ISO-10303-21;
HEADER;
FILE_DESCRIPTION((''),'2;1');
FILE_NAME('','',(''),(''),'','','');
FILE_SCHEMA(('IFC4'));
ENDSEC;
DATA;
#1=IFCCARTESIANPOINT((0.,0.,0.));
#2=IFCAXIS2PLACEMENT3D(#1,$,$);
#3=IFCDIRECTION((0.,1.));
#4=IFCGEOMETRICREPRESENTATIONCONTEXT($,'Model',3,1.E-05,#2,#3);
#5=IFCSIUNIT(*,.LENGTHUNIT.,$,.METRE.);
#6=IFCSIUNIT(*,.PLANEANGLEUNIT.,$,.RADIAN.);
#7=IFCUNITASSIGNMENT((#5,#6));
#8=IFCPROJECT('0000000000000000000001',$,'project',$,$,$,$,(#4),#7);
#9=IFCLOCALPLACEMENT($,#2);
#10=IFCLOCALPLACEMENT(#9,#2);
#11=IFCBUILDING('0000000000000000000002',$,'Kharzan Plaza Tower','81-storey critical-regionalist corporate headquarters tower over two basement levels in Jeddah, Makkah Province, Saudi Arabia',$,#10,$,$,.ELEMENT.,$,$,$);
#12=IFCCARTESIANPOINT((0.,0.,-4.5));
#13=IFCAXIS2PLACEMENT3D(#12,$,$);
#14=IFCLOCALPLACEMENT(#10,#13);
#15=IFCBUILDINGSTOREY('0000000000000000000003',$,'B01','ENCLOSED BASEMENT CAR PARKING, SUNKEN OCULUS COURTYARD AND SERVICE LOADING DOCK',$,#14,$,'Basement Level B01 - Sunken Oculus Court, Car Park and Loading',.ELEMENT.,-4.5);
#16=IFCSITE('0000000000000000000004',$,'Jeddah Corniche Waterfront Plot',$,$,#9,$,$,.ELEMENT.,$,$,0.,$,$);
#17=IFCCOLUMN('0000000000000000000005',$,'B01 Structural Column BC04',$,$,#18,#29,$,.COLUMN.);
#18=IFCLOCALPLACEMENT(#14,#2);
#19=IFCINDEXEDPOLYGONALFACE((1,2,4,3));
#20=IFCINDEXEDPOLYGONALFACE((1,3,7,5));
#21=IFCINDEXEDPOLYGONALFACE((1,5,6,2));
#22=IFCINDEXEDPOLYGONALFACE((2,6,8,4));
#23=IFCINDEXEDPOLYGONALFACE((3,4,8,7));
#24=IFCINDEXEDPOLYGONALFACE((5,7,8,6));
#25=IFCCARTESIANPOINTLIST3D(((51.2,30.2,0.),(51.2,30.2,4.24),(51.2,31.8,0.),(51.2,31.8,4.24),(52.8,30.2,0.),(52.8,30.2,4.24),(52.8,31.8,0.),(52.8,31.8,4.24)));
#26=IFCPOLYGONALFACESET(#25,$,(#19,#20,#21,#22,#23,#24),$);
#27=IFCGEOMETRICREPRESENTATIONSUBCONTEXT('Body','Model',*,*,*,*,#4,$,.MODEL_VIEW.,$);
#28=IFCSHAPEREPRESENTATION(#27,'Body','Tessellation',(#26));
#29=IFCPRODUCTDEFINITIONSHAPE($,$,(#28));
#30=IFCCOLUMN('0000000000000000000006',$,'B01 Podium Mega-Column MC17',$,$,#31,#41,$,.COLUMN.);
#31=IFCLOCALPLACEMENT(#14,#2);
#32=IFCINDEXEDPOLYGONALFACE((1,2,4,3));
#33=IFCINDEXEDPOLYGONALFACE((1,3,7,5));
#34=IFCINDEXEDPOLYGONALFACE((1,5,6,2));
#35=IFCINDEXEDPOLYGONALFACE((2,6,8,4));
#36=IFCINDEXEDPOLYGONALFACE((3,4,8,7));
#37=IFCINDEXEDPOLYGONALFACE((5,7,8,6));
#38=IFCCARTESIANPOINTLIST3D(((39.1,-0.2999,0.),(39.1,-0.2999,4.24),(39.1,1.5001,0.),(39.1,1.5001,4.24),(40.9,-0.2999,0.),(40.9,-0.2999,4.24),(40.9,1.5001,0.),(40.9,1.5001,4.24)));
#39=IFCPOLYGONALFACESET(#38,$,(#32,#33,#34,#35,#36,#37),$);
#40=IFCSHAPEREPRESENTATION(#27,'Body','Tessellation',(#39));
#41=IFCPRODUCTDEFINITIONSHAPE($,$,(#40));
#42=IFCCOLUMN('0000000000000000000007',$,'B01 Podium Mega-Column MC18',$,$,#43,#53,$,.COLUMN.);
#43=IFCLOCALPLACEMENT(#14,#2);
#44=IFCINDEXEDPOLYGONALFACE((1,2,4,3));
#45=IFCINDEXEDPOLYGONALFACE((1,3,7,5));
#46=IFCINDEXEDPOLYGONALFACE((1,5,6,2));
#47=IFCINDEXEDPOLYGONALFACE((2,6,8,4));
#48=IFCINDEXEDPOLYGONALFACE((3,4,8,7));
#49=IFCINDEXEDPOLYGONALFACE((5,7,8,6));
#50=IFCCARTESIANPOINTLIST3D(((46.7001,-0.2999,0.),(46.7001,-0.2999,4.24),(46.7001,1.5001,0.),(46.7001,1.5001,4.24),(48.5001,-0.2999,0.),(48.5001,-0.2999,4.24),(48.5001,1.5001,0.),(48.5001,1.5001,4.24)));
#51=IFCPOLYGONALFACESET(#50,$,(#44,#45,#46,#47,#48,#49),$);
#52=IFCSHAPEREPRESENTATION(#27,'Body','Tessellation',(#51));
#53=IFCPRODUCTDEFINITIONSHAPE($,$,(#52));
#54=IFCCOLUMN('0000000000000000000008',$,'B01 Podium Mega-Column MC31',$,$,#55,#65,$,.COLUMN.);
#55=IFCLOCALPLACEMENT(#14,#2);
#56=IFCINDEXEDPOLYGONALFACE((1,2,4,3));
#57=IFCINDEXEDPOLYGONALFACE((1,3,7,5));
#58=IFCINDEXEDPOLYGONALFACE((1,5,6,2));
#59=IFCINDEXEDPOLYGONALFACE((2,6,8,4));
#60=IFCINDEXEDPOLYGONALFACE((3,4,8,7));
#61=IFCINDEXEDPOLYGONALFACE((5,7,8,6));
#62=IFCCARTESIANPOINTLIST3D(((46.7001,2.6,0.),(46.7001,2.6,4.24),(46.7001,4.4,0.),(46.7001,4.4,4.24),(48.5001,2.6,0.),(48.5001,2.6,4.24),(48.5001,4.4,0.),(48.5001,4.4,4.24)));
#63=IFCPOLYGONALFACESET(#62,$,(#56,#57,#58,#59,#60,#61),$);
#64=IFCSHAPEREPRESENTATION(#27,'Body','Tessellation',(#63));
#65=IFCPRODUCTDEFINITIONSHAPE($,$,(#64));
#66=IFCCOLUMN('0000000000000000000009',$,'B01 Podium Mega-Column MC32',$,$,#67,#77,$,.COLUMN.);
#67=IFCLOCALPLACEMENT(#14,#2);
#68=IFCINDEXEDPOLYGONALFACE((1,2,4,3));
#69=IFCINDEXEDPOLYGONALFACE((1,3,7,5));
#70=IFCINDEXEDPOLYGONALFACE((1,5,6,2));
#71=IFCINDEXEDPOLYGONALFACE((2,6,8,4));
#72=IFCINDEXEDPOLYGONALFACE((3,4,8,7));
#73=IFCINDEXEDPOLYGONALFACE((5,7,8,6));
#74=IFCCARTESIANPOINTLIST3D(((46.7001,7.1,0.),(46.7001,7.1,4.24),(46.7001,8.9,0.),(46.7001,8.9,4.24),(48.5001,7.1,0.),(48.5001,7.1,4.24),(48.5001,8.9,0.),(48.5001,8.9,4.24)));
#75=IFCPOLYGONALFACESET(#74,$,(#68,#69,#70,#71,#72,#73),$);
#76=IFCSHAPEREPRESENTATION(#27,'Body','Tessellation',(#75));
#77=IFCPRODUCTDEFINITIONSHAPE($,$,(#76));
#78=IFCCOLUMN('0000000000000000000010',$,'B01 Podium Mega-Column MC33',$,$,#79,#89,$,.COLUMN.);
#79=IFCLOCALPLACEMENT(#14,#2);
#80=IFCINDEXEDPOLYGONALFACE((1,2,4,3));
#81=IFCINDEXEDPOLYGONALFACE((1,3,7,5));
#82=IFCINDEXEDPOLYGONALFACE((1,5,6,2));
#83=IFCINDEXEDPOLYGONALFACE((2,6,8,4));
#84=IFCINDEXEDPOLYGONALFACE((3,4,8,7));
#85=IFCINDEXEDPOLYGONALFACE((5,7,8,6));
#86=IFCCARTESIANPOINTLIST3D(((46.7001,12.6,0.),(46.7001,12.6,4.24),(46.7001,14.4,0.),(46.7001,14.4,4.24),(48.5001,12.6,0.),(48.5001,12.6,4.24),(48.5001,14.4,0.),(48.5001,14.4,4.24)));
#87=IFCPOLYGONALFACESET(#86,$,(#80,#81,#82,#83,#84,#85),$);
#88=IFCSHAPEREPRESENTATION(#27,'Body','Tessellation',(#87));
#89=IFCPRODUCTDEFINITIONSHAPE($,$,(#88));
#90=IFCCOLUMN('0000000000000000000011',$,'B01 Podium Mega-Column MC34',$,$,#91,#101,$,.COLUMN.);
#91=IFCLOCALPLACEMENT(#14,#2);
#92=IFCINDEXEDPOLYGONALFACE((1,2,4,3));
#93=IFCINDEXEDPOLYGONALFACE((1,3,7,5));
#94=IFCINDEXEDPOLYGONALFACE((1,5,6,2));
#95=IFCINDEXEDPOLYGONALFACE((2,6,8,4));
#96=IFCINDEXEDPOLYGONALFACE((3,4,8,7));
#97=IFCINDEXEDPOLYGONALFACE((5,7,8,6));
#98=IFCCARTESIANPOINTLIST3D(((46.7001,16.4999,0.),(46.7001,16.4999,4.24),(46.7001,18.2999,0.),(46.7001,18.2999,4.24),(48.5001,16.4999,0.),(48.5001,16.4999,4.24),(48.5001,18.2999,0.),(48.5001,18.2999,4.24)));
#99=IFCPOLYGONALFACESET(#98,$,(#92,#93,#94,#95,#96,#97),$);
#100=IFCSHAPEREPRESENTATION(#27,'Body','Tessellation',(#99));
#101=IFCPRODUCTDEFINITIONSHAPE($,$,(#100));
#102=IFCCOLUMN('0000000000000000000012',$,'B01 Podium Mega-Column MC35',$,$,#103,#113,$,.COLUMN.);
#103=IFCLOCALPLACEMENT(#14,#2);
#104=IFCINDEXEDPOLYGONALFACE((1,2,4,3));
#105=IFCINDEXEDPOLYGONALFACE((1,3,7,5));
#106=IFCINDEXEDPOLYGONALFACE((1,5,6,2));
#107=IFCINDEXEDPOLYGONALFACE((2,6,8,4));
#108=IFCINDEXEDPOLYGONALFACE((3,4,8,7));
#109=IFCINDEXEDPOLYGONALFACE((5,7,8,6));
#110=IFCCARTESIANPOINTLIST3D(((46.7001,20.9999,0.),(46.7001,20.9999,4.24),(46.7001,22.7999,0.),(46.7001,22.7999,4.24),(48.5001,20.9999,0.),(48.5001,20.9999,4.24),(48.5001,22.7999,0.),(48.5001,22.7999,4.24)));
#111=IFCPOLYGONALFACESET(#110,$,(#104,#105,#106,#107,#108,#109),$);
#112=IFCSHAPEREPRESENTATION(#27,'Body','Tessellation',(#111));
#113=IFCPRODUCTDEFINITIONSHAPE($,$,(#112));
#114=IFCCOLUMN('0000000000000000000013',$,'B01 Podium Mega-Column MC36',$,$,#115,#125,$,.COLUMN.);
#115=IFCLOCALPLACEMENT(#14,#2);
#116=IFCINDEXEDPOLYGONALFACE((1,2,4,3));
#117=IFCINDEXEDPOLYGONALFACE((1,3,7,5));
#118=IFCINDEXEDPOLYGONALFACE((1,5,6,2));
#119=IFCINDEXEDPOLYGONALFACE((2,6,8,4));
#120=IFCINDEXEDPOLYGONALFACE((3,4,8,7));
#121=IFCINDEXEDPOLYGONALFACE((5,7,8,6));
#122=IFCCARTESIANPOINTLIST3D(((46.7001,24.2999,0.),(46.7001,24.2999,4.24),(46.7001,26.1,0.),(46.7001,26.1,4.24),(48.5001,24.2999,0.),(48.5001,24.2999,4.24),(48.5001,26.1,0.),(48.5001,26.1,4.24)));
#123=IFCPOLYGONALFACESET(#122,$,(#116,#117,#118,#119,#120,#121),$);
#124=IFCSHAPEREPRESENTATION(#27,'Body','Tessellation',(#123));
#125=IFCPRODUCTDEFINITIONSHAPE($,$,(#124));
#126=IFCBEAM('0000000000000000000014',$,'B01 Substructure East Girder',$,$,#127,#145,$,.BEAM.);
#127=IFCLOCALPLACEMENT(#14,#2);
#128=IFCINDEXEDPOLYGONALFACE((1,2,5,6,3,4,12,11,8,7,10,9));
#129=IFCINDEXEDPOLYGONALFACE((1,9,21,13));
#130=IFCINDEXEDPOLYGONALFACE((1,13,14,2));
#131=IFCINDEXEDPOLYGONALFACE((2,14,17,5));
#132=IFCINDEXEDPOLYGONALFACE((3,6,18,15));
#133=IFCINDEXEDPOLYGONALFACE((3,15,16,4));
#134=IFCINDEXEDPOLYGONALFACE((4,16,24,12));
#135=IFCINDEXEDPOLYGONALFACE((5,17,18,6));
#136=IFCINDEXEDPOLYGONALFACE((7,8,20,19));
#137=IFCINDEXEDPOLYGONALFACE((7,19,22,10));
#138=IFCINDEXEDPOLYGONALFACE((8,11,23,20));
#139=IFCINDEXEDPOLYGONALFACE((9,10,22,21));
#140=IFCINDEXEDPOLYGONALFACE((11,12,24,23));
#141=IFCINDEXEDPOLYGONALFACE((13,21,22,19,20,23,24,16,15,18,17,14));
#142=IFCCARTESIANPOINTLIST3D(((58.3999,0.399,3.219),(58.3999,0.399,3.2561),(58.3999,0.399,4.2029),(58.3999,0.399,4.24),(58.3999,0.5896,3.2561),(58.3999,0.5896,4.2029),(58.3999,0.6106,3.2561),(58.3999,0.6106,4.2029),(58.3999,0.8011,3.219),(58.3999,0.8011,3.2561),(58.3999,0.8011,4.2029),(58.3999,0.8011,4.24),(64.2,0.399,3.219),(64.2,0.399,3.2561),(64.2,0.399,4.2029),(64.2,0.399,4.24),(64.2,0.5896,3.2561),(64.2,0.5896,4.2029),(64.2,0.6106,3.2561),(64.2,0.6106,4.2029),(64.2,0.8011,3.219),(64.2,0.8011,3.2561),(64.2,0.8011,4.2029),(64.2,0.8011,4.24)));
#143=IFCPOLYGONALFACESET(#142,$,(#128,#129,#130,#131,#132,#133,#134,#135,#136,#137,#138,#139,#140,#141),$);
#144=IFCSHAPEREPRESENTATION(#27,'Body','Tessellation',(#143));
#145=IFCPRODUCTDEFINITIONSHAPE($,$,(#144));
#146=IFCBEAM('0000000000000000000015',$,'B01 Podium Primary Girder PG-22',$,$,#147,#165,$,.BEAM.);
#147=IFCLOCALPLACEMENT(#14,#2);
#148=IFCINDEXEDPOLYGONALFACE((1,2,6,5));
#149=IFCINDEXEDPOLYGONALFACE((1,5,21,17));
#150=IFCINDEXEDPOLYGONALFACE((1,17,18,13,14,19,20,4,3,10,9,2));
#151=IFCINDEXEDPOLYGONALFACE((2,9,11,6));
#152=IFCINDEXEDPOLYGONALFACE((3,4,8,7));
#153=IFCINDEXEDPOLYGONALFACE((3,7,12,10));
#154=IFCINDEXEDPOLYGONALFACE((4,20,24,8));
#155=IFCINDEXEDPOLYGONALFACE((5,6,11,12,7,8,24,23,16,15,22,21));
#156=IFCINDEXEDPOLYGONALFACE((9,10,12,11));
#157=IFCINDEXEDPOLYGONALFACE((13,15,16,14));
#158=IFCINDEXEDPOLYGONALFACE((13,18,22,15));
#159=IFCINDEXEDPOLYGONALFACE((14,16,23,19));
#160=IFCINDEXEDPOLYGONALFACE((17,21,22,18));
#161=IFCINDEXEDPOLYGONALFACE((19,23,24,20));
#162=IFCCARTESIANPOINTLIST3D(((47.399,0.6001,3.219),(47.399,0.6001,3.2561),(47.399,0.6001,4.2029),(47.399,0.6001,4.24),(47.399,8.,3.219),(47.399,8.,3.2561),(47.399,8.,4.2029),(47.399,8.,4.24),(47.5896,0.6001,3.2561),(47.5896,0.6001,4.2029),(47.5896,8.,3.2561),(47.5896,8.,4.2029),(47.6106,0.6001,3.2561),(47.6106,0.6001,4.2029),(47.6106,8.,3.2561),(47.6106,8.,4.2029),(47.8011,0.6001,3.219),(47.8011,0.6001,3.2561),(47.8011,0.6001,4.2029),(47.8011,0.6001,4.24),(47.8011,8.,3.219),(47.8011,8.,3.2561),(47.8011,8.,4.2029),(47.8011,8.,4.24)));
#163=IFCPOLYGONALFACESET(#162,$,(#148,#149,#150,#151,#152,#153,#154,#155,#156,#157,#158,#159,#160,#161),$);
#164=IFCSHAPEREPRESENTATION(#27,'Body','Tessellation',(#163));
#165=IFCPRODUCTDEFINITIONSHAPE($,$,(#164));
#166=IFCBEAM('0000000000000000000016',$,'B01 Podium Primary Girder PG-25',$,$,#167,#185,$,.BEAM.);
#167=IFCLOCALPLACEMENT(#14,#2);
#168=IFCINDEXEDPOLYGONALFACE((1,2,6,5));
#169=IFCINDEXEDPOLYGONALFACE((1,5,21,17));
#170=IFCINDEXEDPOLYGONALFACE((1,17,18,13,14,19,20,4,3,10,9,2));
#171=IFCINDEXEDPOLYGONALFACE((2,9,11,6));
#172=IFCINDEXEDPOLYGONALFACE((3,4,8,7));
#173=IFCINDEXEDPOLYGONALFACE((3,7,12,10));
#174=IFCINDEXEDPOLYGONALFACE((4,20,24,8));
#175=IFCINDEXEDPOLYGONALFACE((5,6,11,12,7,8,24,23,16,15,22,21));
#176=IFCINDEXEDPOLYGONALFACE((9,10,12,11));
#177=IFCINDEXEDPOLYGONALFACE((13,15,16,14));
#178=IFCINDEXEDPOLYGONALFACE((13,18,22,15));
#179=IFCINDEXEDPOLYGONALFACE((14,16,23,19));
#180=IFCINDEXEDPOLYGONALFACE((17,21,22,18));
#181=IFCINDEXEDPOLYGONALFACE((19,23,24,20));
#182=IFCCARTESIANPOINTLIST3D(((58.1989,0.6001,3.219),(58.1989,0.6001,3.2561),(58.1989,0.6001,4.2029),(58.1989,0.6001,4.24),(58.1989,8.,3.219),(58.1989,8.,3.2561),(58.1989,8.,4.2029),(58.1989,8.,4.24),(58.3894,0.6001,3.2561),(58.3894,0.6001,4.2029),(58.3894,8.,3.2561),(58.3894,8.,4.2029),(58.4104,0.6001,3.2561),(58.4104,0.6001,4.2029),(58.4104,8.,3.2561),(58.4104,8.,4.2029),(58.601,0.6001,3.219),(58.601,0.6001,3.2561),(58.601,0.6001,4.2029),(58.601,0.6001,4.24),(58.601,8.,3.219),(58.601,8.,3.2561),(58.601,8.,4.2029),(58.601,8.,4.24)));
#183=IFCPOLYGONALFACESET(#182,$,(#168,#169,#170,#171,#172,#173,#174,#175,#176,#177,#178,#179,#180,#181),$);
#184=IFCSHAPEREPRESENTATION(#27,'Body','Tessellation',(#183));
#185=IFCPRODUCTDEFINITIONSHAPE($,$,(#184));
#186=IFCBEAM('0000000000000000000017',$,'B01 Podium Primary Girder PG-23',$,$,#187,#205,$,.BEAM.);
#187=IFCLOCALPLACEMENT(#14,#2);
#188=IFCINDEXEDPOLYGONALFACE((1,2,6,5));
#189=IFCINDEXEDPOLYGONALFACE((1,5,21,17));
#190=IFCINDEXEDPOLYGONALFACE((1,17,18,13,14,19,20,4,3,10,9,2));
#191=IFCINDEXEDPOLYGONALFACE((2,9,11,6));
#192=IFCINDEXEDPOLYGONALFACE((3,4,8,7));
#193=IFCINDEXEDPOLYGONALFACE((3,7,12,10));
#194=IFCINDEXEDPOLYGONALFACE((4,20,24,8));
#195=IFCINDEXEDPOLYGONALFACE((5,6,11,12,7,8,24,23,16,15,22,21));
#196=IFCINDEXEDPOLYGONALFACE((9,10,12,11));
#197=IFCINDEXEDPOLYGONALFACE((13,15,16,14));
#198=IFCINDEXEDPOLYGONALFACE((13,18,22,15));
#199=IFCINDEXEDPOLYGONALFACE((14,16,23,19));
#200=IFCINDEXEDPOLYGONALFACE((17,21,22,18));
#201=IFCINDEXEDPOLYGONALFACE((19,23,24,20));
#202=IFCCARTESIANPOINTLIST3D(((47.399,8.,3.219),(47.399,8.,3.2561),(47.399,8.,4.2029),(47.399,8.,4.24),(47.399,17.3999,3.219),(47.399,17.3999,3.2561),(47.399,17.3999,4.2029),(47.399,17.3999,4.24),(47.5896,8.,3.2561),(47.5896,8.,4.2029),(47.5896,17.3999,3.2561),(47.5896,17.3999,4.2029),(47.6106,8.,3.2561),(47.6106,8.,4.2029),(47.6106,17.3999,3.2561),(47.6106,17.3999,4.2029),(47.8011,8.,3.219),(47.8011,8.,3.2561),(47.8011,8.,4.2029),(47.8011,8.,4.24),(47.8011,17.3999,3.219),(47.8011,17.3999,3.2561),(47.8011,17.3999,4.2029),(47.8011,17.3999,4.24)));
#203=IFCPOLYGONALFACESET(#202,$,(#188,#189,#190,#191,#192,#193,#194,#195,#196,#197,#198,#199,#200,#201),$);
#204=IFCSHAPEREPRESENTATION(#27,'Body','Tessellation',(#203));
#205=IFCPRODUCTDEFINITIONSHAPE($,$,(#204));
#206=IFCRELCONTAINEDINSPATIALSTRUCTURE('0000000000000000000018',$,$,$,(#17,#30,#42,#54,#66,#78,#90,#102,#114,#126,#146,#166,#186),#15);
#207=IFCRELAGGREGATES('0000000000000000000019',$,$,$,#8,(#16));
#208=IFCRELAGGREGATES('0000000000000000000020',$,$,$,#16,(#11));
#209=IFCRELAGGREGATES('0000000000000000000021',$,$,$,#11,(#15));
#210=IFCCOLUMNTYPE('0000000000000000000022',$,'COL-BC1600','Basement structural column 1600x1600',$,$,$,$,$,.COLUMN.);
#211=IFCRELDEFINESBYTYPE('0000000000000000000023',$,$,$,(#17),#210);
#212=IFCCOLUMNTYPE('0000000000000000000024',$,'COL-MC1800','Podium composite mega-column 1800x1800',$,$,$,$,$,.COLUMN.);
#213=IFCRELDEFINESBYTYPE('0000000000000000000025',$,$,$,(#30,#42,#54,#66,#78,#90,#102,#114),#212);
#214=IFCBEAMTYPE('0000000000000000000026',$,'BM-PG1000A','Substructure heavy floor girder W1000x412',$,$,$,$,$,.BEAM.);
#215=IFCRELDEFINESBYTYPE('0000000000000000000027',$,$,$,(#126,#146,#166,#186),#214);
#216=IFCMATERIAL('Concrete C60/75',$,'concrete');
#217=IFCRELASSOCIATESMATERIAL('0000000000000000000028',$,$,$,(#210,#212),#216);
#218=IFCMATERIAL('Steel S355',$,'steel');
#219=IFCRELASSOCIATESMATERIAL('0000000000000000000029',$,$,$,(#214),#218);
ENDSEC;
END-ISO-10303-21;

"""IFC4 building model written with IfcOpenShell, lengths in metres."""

from ifc_helpers import new_model, si_unit, direction, frame, origin, origin_2d, place, context, subcontext, project, spatial, rectangle, i_section, extrude, source, transform, mapped, material, material_profile, profile_set, type_object, element, save


model = new_model("IFC4")

# Units and contexts
model_context = context("Model", 3, precision=1e-05, world=origin(), true_north=direction((0.0, 1.0)))
body_context = subcontext(model_context, "Body", "Model", "MODEL_VIEW")
ifc_project = project(units=[si_unit("LENGTHUNIT", "METRE"), si_unit("PLANEANGLEUNIT", "RADIAN")], contexts=[model_context])

# Site, building, storey
site_placement = place(None, origin())
site = spatial("IfcSite", under=ifc_project, at=site_placement, Name="Jeddah Corniche Waterfront Plot", CompositionType="ELEMENT", RefElevation=0.0)
building_placement = place(site_placement, origin())
building = spatial("IfcBuilding", under=site, at=building_placement, Name="Kharzan Plaza Tower", Description="81-storey critical-regionalist corporate headquarters tower over two basement levels in Jeddah, Makkah Province, Saudi Arabia", CompositionType="ELEMENT")
storey_placement = place(building_placement, frame((0.0, 0.0, -4.5)))
storey = spatial("IfcBuildingStorey", under=building, at=storey_placement, Name="B01", Description="ENCLOSED BASEMENT CAR PARKING, SUNKEN OCULUS COURTYARD AND SERVICE LOADING DOCK", LongName="Basement Level B01 - Sunken Oculus Court, Car Park and Loading", CompositionType="ELEMENT", Elevation=-4.5)

# Columns
ifc_material_1 = material(Name="Concrete C60/75", Category="concrete")
ifc_material_profile_1 = material_profile(ifc_material_1, rectangle(XDim=1.6001, YDim=1.6001, at=origin_2d()), Name="RC-MC1600x1600")
ifc_profile_set_1 = profile_set([ifc_material_profile_1], Name="Concrete C60/75")
column_type_1 = type_object("IfcColumnType", Name="COL-BC1600", Description="Basement structural column 1600x1600", PredefinedType="COLUMN", material=ifc_profile_set_1)
shared_shape_1 = source(origin(), body_context, "Body", "SweptSolid", [
    extrude(rectangle(XDim=1.6001, YDim=1.6001, at=origin_2d()), origin(), (0.0, 0.0, 1.0), 4.24),
])
column_placement = place(storey_placement, frame((52.0, 31.0, 0.0), z_axis=(0.0, 0.0, 1.0), x_axis=(1.0, 0.0, 0.0)))
element("IfcColumn", 1, at=column_placement, inside=storey, type_object=column_type_1, Name="B01 Structural Column BC04", PredefinedType="COLUMN", context=body_context, shape_type="MappedRepresentation", body=[
    mapped(shared_shape_1, transform((0.0, 0.0, 0.0), x_axis=(1.0, 0.0, 0.0), y_axis=(0.0, 1.0, 0.0), z_axis=(0.0, 0.0, 1.0))),
])
ifc_material_profile_2 = material_profile(ifc_material_1, rectangle(XDim=1.8, YDim=1.8, at=origin_2d()), Name="RC-MC1800x1800")
ifc_profile_set_2 = profile_set([ifc_material_profile_2], Name="Concrete C60/75")
column_type_2 = type_object("IfcColumnType", Name="COL-MC1800", Description="Podium composite mega-column 1800x1800", PredefinedType="COLUMN", material=ifc_profile_set_2)
shared_shape_2 = source(origin(), body_context, "Body", "SweptSolid", [
    extrude(rectangle(XDim=1.8, YDim=1.8, at=origin_2d()), origin(), (0.0, 0.0, 1.0), 4.24),
])
for number, where, z_axis, x_axis, name in (
    (2, (40.0, 0.6001, 0.0), (0.0, 0.0, 1.0), (1.0, 0.0, 0.0), "B01 Podium Mega-Column MC17"),
    (3, (47.6001, 0.6001, 0.0), (0.0, 0.0, 1.0), (1.0, 0.0, 0.0), "B01 Podium Mega-Column MC18"),
    (4, (47.6001, 3.5, 0.0), (0.0, 0.0, 1.0), (1.0, 0.0, 0.0), "B01 Podium Mega-Column MC31"),
    (5, (47.6001, 8.0, 0.0), (0.0, 0.0, 1.0), (1.0, 0.0, 0.0), "B01 Podium Mega-Column MC32"),
    (6, (47.6001, 13.5, 0.0), (0.0, 0.0, 1.0), (1.0, 0.0, 0.0), "B01 Podium Mega-Column MC33"),
    (7, (47.6001, 17.3999, 0.0), (0.0, 0.0, 1.0), (1.0, 0.0, 0.0), "B01 Podium Mega-Column MC34"),
    (8, (47.6001, 21.8999, 0.0), (0.0, 0.0, 1.0), (1.0, 0.0, 0.0), "B01 Podium Mega-Column MC35"),
    (9, (47.6001, 25.2, 0.0), (0.0, 0.0, 1.0), (1.0, 0.0, 0.0), "B01 Podium Mega-Column MC36"),
):
    element("IfcColumn", number, at=place(storey_placement, frame(where, z_axis=z_axis, x_axis=x_axis)), inside=storey, type_object=column_type_2, Name=name, PredefinedType="COLUMN", context=body_context, shape_type="MappedRepresentation", body=[
        mapped(shared_shape_2, transform((0.0, 0.0, 0.0), x_axis=(1.0, 0.0, 0.0), y_axis=(0.0, 1.0, 0.0), z_axis=(0.0, 0.0, 1.0))),
    ])

# Beams
ifc_material_2 = material(Name="Steel S355", Category="steel")
ifc_material_profile_3 = material_profile(ifc_material_2, i_section(OverallWidth=0.4021, OverallDepth=1.021, WebThickness=0.021, FlangeThickness=0.0371, at=origin_2d()), Name="W1000x412")
ifc_profile_set_3 = profile_set([ifc_material_profile_3], Name="Steel S355")
beam_type_1 = type_object("IfcBeamType", Name="BM-PG1000A", Description="Substructure heavy floor girder W1000x412", PredefinedType="BEAM", material=ifc_profile_set_3)
shared_shape_3 = source(origin(), body_context, "Body", "SweptSolid", [
    extrude(i_section(OverallWidth=0.4021, OverallDepth=1.021, WebThickness=0.021, FlangeThickness=0.0371, at=origin_2d()), origin(), (0.0, 0.0, 1.0), 5.8),
])
beam_1_placement = place(storey_placement, frame((58.3999, 0.6001, 3.7295), z_axis=(1.0, 0.0, 0.0), x_axis=(0.0, 1.0, 0.0)))
element("IfcBeam", 10, at=beam_1_placement, inside=storey, type_object=beam_type_1, Name="B01 Substructure East Girder", PredefinedType="BEAM", context=body_context, shape_type="MappedRepresentation", body=[
    mapped(shared_shape_3, transform((0.0, 0.0, 0.0), x_axis=(1.0, 0.0, 0.0), y_axis=(0.0, 1.0, 0.0), z_axis=(0.0, 0.0, 1.0))),
])
shared_shape_4 = source(origin(), body_context, "Body", "SweptSolid", [
    extrude(i_section(OverallWidth=0.4021, OverallDepth=1.021, WebThickness=0.021, FlangeThickness=0.0371, at=origin_2d()), origin(), (0.0, 0.0, 1.0), 7.3999),
])
for number, where, z_axis, x_axis, name in (
    (11, (47.6001, 0.6001, 3.7295), (0.0, 1.0, 0.0), (-1.0, 0.0, 0.0), "B01 Podium Primary Girder PG-22"),
    (12, (58.3999, 0.6001, 3.7295), (0.0, 1.0, 0.0), (-1.0, 0.0, 0.0), "B01 Podium Primary Girder PG-25"),
):
    element("IfcBeam", number, at=place(storey_placement, frame(where, z_axis=z_axis, x_axis=x_axis)), inside=storey, type_object=beam_type_1, Name=name, PredefinedType="BEAM", context=body_context, shape_type="MappedRepresentation", body=[
        mapped(shared_shape_4, transform((0.0, 0.0, 0.0), x_axis=(1.0, 0.0, 0.0), y_axis=(0.0, 1.0, 0.0), z_axis=(0.0, 0.0, 1.0))),
    ])
shared_shape_5 = source(origin(), body_context, "Body", "SweptSolid", [
    extrude(i_section(OverallWidth=0.4021, OverallDepth=1.021, WebThickness=0.021, FlangeThickness=0.0371, at=origin_2d()), origin(), (0.0, 0.0, 1.0), 9.3999),
])
beam_2_placement = place(storey_placement, frame((47.6001, 8.0, 3.7295), z_axis=(0.0, 1.0, 0.0), x_axis=(-1.0, 0.0, 0.0)))
element("IfcBeam", 13, at=beam_2_placement, inside=storey, type_object=beam_type_1, Name="B01 Podium Primary Girder PG-23", PredefinedType="BEAM", context=body_context, shape_type="MappedRepresentation", body=[
    mapped(shared_shape_5, transform((0.0, 0.0, 0.0), x_axis=(1.0, 0.0, 0.0), y_axis=(0.0, 1.0, 0.0), z_axis=(0.0, 0.0, 1.0))),
])

save(model, "model.ifc")
